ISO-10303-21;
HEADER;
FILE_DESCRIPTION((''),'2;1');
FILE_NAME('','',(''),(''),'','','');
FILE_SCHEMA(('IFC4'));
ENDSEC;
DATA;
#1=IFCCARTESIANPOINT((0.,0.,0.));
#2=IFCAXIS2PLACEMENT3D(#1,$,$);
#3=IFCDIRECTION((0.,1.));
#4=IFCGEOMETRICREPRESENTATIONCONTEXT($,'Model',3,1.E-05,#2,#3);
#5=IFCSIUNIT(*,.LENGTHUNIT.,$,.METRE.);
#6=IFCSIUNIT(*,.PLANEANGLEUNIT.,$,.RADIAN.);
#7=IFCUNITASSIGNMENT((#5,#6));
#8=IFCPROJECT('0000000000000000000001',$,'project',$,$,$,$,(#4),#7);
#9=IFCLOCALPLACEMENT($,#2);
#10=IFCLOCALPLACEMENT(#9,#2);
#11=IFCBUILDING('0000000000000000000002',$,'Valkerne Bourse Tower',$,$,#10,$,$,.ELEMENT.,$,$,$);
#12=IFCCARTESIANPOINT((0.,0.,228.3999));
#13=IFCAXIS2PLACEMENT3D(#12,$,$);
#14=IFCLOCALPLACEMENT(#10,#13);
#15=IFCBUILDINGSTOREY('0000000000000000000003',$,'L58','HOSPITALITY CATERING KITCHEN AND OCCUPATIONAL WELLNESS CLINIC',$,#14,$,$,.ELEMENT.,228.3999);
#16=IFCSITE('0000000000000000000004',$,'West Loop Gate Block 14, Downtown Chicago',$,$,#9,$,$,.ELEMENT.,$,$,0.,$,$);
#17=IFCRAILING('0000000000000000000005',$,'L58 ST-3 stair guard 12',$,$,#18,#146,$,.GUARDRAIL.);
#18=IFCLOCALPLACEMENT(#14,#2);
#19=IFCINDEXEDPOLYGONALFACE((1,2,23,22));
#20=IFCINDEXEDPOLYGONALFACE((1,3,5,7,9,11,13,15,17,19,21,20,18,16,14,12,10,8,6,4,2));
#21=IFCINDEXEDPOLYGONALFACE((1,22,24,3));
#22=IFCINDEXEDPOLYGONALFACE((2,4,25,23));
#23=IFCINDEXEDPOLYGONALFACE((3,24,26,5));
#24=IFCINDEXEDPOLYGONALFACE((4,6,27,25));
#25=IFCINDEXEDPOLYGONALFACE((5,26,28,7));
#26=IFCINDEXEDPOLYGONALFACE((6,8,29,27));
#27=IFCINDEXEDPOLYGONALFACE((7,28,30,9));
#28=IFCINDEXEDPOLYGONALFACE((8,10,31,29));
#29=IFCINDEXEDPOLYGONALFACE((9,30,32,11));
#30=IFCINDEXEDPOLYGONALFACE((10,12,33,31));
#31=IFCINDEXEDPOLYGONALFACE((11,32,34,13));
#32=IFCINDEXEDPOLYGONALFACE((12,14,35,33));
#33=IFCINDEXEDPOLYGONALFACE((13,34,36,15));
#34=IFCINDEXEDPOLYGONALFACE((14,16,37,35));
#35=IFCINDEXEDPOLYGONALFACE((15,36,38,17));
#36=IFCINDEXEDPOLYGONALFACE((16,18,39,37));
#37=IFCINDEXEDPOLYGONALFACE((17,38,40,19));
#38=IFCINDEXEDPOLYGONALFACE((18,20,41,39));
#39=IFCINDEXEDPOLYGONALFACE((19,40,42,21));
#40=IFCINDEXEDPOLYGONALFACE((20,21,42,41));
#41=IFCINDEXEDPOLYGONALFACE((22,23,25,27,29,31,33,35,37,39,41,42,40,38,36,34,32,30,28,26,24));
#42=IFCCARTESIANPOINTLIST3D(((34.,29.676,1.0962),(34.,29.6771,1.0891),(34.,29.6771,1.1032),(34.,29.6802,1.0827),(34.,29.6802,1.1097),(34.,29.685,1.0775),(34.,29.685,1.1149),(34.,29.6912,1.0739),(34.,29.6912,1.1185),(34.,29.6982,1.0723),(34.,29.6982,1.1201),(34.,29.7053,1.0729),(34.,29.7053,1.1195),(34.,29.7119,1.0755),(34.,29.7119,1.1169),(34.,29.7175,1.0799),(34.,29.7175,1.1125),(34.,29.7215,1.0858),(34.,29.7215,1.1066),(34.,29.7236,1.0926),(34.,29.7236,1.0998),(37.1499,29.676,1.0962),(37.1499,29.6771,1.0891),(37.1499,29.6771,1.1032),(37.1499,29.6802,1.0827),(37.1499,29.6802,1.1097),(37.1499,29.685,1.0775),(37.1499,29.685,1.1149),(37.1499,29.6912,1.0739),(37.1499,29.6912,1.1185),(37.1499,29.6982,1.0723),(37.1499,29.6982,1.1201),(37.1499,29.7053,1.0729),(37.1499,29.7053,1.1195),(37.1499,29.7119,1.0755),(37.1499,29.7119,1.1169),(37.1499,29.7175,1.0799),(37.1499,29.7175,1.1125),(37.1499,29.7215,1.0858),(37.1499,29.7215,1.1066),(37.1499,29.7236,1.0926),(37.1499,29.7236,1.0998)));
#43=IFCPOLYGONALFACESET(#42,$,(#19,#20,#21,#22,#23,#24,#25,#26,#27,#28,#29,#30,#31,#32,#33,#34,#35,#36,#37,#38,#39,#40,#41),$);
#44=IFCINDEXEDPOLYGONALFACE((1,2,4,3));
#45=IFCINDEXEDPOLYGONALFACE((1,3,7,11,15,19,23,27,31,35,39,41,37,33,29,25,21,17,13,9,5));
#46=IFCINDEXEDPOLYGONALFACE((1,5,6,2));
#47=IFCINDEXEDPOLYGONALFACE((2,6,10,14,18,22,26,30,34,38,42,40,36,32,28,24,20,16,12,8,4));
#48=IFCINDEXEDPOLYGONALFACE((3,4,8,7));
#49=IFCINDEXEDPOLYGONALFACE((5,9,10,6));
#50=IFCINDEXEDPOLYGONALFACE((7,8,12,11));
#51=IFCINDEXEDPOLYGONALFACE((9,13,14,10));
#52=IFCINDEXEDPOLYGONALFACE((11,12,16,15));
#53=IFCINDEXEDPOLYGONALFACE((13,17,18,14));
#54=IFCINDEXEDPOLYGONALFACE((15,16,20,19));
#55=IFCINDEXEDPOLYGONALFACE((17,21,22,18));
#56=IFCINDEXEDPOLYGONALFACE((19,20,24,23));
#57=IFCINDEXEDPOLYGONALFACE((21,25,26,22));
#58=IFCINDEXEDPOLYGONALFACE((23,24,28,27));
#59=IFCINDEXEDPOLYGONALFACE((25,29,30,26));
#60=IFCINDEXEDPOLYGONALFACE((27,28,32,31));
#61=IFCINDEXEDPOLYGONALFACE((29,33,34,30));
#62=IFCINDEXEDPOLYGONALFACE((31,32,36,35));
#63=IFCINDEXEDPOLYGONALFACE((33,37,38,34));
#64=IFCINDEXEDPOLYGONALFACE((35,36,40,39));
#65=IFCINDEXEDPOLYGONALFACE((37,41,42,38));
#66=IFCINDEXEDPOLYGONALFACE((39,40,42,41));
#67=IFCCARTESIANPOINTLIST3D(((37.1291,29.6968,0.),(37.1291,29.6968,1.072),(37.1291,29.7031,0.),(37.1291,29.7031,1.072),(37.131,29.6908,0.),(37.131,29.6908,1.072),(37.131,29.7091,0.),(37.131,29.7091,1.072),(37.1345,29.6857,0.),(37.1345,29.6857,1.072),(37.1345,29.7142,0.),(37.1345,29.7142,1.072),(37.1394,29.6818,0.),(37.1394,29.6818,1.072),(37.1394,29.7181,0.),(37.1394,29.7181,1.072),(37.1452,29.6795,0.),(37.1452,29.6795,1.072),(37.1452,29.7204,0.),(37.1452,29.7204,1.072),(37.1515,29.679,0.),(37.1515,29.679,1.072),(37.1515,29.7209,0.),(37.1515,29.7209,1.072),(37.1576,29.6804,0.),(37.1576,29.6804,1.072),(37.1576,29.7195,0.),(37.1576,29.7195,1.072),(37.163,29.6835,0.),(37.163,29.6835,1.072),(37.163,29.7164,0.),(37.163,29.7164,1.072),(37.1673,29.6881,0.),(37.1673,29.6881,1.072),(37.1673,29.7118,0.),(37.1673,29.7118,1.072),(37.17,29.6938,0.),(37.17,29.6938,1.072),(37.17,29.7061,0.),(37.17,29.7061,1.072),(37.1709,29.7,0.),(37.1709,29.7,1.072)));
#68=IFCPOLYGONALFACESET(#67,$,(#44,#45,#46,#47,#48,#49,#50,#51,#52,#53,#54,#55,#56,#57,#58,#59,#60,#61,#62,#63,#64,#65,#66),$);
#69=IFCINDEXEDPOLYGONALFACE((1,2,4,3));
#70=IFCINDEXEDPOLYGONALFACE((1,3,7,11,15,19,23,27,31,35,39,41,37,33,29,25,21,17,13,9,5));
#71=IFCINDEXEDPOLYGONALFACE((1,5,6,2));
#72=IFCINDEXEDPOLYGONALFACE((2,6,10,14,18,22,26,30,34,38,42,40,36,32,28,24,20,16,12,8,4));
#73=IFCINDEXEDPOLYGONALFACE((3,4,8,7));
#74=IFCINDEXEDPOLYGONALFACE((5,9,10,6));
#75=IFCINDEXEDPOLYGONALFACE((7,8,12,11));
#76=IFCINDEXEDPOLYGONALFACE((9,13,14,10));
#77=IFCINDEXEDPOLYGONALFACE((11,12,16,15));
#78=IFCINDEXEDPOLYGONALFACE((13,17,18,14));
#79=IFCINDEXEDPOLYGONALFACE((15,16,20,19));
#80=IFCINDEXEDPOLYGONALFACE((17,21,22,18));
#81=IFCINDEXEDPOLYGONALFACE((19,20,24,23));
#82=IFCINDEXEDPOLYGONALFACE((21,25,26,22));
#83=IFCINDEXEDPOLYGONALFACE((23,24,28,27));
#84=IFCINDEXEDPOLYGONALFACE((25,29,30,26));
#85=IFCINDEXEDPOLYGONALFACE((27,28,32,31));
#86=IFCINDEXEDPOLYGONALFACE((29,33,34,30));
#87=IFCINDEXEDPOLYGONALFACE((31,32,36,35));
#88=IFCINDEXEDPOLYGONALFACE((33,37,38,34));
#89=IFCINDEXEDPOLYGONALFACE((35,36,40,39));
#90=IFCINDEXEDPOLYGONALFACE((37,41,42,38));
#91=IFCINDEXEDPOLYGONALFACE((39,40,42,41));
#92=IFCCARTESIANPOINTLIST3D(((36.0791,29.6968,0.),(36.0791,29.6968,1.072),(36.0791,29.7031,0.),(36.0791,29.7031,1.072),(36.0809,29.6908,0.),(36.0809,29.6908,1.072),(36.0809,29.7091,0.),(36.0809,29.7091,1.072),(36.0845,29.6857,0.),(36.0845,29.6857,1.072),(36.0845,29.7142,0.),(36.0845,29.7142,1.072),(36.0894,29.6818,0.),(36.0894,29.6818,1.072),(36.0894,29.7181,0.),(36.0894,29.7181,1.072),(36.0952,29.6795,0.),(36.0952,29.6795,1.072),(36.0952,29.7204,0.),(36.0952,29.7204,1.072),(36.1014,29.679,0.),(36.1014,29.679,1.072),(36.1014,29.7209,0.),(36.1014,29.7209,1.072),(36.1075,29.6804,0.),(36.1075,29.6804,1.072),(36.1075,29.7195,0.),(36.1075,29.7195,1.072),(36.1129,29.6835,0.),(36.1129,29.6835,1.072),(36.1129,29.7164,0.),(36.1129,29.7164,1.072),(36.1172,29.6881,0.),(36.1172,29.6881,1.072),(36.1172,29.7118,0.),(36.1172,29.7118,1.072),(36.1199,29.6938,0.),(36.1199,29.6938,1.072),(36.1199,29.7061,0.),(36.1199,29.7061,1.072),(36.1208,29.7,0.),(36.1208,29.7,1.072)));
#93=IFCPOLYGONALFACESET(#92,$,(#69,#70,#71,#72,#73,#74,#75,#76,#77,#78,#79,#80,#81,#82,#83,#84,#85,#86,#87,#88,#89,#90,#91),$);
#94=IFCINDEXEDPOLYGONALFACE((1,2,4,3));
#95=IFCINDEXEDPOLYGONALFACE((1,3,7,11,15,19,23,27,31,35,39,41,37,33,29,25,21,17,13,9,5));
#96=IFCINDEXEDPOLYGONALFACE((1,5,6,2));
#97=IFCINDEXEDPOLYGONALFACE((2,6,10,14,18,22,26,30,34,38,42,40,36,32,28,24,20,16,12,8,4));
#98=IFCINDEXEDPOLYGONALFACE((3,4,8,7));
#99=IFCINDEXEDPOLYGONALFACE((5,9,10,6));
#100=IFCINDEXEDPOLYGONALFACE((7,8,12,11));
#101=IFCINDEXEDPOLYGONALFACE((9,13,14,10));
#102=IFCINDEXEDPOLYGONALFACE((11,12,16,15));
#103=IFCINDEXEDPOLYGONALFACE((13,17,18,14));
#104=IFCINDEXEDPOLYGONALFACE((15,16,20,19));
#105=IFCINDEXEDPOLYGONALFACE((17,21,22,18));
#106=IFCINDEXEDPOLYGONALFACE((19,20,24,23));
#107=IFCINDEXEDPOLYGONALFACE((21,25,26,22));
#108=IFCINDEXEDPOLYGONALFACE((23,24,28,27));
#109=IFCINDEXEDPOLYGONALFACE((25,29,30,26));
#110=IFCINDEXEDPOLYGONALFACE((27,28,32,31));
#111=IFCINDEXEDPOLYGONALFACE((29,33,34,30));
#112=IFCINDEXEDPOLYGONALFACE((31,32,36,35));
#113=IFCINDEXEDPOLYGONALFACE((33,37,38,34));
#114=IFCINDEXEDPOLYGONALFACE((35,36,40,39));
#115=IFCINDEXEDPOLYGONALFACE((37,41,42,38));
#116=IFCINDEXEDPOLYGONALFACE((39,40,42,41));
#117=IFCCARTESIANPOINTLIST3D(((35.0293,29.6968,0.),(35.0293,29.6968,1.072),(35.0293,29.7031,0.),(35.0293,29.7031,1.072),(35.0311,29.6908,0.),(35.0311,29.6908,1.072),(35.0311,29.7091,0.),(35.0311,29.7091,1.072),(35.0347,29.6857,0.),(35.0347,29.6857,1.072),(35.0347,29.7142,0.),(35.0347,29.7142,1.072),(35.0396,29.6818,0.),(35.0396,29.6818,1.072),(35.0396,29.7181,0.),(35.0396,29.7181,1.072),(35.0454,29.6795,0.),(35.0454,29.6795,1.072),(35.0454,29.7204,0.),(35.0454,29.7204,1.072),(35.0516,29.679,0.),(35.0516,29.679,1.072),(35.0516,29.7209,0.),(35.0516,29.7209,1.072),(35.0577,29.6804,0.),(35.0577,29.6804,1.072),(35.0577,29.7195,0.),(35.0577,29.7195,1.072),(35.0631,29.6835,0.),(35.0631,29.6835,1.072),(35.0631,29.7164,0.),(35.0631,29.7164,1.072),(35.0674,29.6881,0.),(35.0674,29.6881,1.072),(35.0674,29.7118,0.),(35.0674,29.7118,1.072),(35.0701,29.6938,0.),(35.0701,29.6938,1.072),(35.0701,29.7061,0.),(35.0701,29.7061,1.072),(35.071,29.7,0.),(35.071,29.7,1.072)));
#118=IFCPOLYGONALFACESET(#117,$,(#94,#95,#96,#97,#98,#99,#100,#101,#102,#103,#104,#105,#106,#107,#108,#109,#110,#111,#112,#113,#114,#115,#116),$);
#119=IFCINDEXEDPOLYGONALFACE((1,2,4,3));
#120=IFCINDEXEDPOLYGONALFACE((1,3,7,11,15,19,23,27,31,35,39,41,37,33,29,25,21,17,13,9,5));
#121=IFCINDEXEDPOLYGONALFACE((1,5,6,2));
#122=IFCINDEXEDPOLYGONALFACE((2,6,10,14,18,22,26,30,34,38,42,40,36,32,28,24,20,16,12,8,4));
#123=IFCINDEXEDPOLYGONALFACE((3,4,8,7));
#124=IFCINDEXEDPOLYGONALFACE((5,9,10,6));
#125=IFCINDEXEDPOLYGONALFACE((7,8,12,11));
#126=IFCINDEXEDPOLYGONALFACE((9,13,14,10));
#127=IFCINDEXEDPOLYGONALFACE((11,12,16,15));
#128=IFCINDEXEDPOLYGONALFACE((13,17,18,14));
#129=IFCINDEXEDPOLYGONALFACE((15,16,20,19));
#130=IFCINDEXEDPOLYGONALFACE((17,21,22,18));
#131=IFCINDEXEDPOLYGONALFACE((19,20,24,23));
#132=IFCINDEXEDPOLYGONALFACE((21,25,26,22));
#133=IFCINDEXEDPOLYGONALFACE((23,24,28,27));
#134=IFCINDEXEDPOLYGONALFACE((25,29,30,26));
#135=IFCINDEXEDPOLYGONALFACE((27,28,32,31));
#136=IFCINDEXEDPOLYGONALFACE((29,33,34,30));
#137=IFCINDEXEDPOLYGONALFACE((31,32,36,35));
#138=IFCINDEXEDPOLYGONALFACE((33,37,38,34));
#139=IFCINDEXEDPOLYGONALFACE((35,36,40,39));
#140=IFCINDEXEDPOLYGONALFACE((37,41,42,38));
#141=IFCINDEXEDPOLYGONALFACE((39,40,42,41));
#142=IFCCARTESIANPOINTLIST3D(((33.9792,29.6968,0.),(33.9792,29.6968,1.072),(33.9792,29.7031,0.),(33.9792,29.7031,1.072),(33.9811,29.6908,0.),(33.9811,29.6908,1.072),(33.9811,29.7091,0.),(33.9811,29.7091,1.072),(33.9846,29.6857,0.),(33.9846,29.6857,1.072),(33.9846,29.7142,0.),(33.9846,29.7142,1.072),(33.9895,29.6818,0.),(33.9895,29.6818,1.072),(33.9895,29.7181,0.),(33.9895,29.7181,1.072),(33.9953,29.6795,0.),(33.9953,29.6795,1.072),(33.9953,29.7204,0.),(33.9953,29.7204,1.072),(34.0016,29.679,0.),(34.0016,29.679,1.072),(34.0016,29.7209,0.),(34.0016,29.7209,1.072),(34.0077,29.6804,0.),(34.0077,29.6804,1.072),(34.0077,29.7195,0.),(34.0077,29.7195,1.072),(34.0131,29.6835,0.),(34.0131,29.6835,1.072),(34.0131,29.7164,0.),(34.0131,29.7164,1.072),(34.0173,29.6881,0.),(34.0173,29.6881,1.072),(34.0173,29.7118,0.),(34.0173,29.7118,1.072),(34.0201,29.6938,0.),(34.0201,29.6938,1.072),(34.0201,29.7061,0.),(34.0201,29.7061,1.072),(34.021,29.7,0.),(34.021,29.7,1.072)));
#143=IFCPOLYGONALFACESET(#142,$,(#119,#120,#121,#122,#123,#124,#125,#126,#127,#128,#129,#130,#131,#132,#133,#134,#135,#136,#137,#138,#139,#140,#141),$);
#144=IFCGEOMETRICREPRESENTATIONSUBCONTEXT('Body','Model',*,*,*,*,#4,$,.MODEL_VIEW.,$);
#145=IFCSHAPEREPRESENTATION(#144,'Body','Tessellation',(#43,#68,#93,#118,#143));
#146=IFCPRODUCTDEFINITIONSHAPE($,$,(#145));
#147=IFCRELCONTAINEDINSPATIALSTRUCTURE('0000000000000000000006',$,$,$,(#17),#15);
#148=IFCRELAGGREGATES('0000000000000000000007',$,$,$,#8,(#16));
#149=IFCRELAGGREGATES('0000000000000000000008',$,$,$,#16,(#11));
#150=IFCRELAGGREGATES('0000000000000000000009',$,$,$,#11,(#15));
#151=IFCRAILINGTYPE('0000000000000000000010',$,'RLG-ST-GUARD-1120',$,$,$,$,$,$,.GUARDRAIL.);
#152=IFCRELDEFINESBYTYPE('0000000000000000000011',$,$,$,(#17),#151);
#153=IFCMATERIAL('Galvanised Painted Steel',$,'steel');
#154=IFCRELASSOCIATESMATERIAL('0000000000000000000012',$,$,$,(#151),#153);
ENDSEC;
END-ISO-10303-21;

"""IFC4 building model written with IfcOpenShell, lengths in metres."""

from ifc_helpers import new_model, si_unit, direction, frame, origin, origin_2d, place, context, subcontext, project, spatial, circle, extrude, material, type_object, element, save


model = new_model("IFC4")

# Units and contexts
model_context = context("Model", 3, precision=1e-05, world=origin(), true_north=direction((0.0, 1.0)))
body_context = subcontext(model_context, "Body", "Model", "MODEL_VIEW")
ifc_project = project(units=[si_unit("LENGTHUNIT", "METRE"), si_unit("PLANEANGLEUNIT", "RADIAN")], contexts=[model_context])

# Site, building, storey
site_placement = place(None, origin())
site = spatial("IfcSite", under=ifc_project, at=site_placement, Name="West Loop Gate Block 14, Downtown Chicago", CompositionType="ELEMENT", RefElevation=0.0)
building_placement = place(site_placement, origin())
building = spatial("IfcBuilding", under=site, at=building_placement, Name="Valkerne Bourse Tower", CompositionType="ELEMENT")
storey_placement = place(building_placement, frame((0.0, 0.0, 228.3999)))
storey = spatial("IfcBuildingStorey", under=building, at=storey_placement, Name="L58", Description="HOSPITALITY CATERING KITCHEN AND OCCUPATIONAL WELLNESS CLINIC", CompositionType="ELEMENT", Elevation=228.3999)

# Railing
ifc_material_1 = material(Name="Galvanised Painted Steel", Category="steel")
railing_type = type_object("IfcRailingType", Name="RLG-ST-GUARD-1120", PredefinedType="GUARDRAIL", material=ifc_material_1)
railing_1_placement = place(storey_placement, frame((37.1499, 29.7, 0.0)))
element("IfcRailing", 1, at=railing_1_placement, inside=storey, type_object=railing_type, Name="L58 ST-3 stair guard 12", PredefinedType="GUARDRAIL", context=body_context, shape_type="SweptSolid", body=[
    extrude(circle(Radius=0.0239, at=origin_2d()), frame((0.0, 0.0, 1.0962), z_axis=(-1.0, 0.0, 0.0), x_axis=(0.0, -1.0, 0.0)), (0.0, 0.0, 1.0), 3.1499),
    extrude(circle(Radius=0.021, at=origin_2d()), origin(), (0.0, 0.0, 1.0), 1.072),
    extrude(circle(Radius=0.021, at=origin_2d()), frame((-1.05, 0.0, 0.0)), (0.0, 0.0, 1.0), 1.072),
    extrude(circle(Radius=0.021, at=origin_2d()), frame((-2.0999, 0.0, 0.0)), (0.0, 0.0, 1.0), 1.072),
    extrude(circle(Radius=0.021, at=origin_2d()), frame((-3.1499, 0.0, 0.0)), (0.0, 0.0, 1.0), 1.072),
])

save(model, "model.ifc")
